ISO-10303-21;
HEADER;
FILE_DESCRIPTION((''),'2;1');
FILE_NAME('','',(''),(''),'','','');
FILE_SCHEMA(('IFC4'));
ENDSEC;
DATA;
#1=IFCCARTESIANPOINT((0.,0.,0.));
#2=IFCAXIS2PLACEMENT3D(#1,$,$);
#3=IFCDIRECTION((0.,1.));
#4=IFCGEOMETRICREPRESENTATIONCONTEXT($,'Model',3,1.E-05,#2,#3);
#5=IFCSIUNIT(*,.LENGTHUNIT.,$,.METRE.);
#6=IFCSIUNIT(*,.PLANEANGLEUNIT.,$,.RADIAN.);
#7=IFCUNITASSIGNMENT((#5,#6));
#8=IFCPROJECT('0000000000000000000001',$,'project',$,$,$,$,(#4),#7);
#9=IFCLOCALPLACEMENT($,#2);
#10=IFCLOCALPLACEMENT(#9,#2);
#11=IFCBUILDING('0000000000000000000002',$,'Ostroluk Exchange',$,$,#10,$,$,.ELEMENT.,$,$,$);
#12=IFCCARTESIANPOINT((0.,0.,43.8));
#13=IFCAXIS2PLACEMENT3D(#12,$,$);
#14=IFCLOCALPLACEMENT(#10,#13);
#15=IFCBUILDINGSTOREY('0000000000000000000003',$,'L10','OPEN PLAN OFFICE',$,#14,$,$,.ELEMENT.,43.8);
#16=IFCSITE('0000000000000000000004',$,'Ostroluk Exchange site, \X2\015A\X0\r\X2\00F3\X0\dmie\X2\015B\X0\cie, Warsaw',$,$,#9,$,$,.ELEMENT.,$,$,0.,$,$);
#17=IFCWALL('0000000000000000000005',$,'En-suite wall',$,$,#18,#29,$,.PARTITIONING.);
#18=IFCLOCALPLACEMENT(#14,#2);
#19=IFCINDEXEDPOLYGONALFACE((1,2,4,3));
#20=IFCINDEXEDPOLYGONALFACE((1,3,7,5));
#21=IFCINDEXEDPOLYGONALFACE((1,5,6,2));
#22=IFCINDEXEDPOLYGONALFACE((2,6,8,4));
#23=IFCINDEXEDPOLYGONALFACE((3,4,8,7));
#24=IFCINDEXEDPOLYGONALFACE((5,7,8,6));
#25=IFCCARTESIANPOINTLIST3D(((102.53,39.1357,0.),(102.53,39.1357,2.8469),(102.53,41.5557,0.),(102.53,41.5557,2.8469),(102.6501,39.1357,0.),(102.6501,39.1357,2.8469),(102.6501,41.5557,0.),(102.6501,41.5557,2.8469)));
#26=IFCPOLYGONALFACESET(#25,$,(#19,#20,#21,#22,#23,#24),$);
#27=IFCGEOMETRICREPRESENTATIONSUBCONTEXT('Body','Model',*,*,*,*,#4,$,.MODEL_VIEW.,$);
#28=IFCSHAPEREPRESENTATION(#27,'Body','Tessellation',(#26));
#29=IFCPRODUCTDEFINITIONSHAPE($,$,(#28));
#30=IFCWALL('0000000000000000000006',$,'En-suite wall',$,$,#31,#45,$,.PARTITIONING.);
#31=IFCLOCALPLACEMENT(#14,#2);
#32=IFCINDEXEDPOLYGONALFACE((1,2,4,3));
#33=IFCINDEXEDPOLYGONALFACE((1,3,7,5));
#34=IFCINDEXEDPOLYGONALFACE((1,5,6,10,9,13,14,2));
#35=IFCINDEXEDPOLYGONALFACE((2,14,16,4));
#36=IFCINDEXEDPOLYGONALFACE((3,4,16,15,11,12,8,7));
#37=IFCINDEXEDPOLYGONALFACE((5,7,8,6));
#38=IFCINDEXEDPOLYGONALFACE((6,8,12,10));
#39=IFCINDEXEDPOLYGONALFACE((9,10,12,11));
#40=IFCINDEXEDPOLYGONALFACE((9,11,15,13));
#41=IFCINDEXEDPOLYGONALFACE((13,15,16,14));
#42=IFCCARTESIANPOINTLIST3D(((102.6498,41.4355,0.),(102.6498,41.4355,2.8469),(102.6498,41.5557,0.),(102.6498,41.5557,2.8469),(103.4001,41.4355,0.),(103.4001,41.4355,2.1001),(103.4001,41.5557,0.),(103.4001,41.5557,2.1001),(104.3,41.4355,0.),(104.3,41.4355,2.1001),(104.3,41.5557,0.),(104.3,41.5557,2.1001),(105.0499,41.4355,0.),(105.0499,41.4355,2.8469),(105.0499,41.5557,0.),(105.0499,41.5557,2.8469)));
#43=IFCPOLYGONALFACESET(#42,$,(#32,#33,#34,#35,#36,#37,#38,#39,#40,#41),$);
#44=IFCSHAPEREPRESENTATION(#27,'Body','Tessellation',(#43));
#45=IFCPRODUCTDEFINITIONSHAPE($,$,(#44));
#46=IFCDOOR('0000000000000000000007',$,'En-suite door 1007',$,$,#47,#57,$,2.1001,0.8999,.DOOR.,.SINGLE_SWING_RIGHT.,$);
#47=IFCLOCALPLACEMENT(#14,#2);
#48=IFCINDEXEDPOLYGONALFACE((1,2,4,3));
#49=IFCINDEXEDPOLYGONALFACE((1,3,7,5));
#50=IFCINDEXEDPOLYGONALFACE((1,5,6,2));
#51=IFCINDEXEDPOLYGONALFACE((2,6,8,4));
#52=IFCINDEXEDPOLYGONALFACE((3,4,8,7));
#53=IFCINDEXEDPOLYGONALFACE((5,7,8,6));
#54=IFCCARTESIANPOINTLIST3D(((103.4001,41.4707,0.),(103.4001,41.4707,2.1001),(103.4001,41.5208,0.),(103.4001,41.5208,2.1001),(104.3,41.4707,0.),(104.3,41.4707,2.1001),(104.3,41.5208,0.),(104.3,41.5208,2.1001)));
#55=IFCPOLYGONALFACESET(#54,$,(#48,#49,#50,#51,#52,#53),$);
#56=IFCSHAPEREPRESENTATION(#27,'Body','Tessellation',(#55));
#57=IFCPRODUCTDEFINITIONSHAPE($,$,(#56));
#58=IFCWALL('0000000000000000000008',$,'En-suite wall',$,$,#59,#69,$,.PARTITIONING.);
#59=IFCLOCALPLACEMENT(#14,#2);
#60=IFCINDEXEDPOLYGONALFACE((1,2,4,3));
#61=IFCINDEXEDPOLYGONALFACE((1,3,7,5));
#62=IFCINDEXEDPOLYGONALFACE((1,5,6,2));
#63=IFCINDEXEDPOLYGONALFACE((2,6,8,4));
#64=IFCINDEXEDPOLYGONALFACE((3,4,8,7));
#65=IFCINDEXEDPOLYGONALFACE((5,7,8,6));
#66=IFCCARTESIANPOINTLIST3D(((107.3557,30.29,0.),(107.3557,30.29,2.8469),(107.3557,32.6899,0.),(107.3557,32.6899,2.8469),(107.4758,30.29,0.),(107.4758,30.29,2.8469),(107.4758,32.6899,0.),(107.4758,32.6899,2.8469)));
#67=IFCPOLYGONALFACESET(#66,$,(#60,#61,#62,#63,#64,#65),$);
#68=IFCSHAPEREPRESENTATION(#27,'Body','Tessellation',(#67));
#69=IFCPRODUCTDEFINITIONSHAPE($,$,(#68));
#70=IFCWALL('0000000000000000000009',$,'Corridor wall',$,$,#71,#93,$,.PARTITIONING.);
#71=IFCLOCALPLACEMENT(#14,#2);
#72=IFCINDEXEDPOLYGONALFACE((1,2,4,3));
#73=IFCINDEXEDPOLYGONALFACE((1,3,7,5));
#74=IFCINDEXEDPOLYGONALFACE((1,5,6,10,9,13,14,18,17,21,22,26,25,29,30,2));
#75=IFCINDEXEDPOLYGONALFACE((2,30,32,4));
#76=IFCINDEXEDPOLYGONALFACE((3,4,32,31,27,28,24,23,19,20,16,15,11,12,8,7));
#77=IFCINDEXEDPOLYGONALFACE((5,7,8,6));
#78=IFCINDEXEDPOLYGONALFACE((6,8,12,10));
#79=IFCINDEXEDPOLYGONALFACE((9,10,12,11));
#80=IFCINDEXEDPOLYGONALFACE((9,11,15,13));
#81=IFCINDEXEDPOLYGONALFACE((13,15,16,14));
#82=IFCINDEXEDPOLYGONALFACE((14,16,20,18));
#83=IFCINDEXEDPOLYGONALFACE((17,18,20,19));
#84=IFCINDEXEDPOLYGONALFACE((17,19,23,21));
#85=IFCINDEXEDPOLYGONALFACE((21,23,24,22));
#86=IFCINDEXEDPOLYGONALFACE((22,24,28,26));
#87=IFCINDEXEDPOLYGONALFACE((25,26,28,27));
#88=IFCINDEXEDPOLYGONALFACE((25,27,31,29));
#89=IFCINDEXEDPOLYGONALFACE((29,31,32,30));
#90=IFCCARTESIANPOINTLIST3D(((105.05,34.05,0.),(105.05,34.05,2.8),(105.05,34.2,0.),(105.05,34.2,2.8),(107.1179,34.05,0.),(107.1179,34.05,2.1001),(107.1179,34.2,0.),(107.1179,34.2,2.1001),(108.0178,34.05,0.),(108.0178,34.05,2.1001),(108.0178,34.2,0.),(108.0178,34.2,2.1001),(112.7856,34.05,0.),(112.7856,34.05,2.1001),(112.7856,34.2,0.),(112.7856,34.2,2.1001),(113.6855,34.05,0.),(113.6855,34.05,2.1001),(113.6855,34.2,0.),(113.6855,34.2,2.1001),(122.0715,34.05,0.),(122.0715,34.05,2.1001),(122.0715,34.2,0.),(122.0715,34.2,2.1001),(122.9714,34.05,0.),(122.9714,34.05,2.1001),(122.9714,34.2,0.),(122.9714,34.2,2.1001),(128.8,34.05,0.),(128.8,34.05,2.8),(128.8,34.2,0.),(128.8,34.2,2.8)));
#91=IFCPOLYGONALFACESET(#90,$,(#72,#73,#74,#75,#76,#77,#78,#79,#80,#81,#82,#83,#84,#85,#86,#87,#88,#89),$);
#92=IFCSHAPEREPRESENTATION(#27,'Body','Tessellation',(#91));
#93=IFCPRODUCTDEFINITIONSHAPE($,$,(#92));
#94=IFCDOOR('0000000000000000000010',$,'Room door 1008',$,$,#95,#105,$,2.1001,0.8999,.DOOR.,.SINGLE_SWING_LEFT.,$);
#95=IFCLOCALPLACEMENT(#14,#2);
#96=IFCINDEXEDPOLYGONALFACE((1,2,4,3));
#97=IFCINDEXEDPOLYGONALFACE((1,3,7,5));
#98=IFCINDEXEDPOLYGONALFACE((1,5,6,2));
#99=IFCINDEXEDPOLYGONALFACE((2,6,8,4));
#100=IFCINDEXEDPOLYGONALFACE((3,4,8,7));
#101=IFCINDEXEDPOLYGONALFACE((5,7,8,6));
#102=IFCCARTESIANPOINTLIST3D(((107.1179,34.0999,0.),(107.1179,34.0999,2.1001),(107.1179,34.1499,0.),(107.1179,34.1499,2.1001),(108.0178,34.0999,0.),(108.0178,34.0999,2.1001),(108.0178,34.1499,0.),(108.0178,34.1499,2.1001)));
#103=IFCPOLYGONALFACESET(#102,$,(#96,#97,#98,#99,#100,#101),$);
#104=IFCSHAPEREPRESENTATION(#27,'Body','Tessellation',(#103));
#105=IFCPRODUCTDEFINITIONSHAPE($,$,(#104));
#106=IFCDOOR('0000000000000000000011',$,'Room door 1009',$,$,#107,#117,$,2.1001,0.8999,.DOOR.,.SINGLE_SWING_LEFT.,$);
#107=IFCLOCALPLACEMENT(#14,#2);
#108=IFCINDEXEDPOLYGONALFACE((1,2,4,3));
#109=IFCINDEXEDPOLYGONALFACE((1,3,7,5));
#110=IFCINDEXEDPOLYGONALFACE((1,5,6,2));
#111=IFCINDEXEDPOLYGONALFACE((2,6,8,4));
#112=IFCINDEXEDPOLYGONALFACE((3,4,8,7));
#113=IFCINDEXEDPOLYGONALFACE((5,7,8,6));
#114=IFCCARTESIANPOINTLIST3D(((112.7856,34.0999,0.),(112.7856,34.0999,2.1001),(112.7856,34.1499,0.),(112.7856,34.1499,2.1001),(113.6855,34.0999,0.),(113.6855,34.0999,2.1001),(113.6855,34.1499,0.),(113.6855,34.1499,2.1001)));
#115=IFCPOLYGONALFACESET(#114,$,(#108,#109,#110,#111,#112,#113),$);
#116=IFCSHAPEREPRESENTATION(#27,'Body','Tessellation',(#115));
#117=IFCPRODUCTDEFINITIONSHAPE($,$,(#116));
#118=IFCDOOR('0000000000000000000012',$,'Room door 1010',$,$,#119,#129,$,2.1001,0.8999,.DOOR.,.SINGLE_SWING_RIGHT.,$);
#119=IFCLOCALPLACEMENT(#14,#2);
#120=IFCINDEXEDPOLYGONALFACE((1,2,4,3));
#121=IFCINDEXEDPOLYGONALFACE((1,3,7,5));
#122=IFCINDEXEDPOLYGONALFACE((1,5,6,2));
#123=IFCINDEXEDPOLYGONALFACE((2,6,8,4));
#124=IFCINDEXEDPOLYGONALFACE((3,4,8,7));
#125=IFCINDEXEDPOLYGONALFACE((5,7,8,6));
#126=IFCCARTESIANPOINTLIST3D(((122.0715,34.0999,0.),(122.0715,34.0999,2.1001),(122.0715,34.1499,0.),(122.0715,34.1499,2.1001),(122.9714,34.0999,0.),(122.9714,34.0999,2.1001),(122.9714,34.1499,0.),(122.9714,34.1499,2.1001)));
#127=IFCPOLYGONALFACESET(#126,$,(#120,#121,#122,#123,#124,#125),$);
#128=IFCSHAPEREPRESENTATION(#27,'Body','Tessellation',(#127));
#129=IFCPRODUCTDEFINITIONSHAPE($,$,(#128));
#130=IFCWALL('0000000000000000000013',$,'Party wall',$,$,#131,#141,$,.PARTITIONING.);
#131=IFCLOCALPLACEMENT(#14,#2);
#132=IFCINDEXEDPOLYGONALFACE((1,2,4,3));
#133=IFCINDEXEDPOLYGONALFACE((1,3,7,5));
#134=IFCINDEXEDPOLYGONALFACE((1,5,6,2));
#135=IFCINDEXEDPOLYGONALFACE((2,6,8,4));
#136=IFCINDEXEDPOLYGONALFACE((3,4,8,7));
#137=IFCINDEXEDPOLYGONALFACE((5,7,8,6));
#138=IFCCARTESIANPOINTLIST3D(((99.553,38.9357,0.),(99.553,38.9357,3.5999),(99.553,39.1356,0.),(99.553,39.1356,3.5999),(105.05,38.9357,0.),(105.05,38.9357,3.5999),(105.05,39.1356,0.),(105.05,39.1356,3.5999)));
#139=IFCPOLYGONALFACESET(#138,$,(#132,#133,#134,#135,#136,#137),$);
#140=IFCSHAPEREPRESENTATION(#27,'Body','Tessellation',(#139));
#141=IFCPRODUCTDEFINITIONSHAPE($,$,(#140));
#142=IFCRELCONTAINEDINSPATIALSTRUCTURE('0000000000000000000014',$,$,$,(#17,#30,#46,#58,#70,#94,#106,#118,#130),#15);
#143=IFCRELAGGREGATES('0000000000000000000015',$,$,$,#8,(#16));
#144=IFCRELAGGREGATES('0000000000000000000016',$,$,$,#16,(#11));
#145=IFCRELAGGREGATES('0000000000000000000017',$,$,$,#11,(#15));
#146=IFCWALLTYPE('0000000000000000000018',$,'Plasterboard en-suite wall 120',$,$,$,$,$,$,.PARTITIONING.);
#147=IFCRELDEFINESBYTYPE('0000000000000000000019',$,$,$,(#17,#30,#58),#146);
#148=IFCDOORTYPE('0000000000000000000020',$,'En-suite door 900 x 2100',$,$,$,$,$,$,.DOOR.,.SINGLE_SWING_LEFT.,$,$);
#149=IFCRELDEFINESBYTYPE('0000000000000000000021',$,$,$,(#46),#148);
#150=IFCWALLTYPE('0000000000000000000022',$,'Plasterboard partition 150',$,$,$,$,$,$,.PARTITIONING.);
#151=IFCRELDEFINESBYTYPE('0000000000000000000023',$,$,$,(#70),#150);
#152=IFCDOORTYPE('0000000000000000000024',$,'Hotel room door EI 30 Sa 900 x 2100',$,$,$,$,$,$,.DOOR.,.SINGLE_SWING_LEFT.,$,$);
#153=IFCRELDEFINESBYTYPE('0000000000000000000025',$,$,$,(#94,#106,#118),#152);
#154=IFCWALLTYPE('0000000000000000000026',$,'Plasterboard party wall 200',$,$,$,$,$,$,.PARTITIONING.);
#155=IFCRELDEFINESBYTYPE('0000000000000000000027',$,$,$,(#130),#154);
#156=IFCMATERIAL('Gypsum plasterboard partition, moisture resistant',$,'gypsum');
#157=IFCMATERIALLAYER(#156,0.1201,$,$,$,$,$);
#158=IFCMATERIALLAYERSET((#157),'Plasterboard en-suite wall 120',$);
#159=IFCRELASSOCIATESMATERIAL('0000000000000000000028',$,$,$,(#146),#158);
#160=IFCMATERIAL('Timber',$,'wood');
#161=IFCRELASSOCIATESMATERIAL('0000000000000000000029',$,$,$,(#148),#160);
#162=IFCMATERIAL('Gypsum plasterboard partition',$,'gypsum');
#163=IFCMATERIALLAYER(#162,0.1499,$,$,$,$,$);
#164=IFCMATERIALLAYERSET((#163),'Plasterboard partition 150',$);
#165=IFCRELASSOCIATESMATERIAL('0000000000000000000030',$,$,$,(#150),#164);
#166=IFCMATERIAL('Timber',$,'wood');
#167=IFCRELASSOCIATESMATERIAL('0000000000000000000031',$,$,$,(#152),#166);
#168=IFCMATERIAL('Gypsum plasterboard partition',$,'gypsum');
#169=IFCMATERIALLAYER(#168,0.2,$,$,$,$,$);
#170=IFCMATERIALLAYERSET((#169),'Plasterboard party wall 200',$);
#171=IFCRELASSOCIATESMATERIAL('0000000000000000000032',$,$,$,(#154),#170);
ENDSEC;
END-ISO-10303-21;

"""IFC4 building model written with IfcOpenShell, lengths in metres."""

from ifc_helpers import new_model, si_unit, direction, frame, frame_2d, origin, place, context, subcontext, project, spatial, rectangle, extrude, material, layer, layer_set, type_object, element, fill, save


model = new_model("IFC4")

# Units and contexts
model_context = context("Model", 3, precision=1e-05, world=origin(), true_north=direction((0.0, 1.0)))
body_context = subcontext(model_context, "Body", "Model", "MODEL_VIEW")
ifc_project = project(units=[si_unit("LENGTHUNIT", "METRE"), si_unit("PLANEANGLEUNIT", "RADIAN")], contexts=[model_context])

# Site, building, storey
site_placement = place(None, origin())
site = spatial("IfcSite", under=ifc_project, at=site_placement, Name="Ostroluk Exchange site, Śródmieście, Warsaw", CompositionType="ELEMENT", RefElevation=0.0)
building_placement = place(site_placement, origin())
building = spatial("IfcBuilding", under=site, at=building_placement, Name="Ostroluk Exchange", CompositionType="ELEMENT")
storey_placement = place(building_placement, frame((0.0, 0.0, 43.8)))
storey = spatial("IfcBuildingStorey", under=building, at=storey_placement, Name="L10", Description="OPEN PLAN OFFICE", CompositionType="ELEMENT", Elevation=43.8)

# Wall
ifc_material_1 = material(Name="Gypsum plasterboard partition, moisture resistant", Category="gypsum")
ifc_layer_1 = layer(ifc_material_1, 0.1201)
ifc_layer_set_1 = layer_set([ifc_layer_1], Name="Plasterboard en-suite wall 120")
wall_type_1 = type_object("IfcWallType", Name="Plasterboard en-suite wall 120", PredefinedType="PARTITIONING", material=ifc_layer_set_1)
wall_1_placement = place(storey_placement, frame((102.5901, 41.5557, 0.0), z_axis=(0.0, 0.0, 1.0), x_axis=(0.0, -1.0, 0.0)))
element("IfcWall", 1, at=wall_1_placement, inside=storey, type_object=wall_type_1, Name="En-suite wall", PredefinedType="PARTITIONING", context=body_context, shape_type="SweptSolid", body=[
    extrude(rectangle(XDim=2.4199, YDim=0.1201, at=frame_2d((1.21, 0.0))), origin(), (0.0, 0.0, 1.0), 2.8469),
])

# Wall, opening, door
wall_2_placement = place(storey_placement, frame((105.05, 41.4956, 0.0), z_axis=(0.0, 0.0, 1.0), x_axis=(-1.0, 0.0, 0.0)))
wall_2 = element("IfcWall", 2, at=wall_2_placement, inside=storey, type_object=wall_type_1, Name="En-suite wall", PredefinedType="PARTITIONING", context=body_context, shape_type="SweptSolid", body=[
    extrude(rectangle(XDim=2.4001, YDim=0.1201, at=frame_2d((1.2002, 0.0))), origin(), (0.0, 0.0, 1.0), 2.8469),
])
opening_1_placement = place(wall_2_placement, frame((0.75, 0.0, 0.0)))
opening_1 = element("IfcOpeningElement", 3, at=opening_1_placement, cuts=wall_2, PredefinedType="OPENING", context=body_context, shape_type="SweptSolid", body=[
    extrude(rectangle(XDim=0.8999, YDim=2.1001, at=frame_2d((0.45, 1.05))), frame((0.0, 0.0701, 0.0), z_axis=(0.0, -1.0, 0.0), x_axis=(1.0, 0.0, 0.0)), (0.0, 0.0, 1.0), 0.1401),
])
ifc_material_2 = material(Name="Timber", Category="wood")
door_type_1 = type_object("IfcDoorType", Name="En-suite door 900 x 2100", OperationType="SINGLE_SWING_LEFT", PredefinedType="DOOR", material=ifc_material_2)
door_1_placement = place(opening_1_placement, origin())
door_1 = element("IfcDoor", 4, at=door_1_placement, inside=storey, type_object=door_type_1, Name="En-suite door 1007", OperationType="SINGLE_SWING_RIGHT", OverallHeight=2.1001, OverallWidth=0.8999, PredefinedType="DOOR", context=body_context, shape_type="SweptSolid", body=[
    extrude(rectangle(XDim=0.8999, YDim=2.1001, at=frame_2d((0.45, 1.05))), frame((0.0, 0.0249, 0.0), z_axis=(0.0, -1.0, 0.0), x_axis=(1.0, 0.0, 0.0)), (0.0, 0.0, 1.0), 0.05),
])
fill(opening_1, door_1)

# Wall
wall_3_placement = place(storey_placement, frame((107.4158, 32.6899, 0.0), z_axis=(0.0, 0.0, 1.0), x_axis=(0.0, -1.0, 0.0)))
element("IfcWall", 5, at=wall_3_placement, inside=storey, type_object=wall_type_1, Name="En-suite wall", PredefinedType="PARTITIONING", context=body_context, shape_type="SweptSolid", body=[
    extrude(rectangle(XDim=2.3999, YDim=0.1201, at=frame_2d((1.2, 0.0))), origin(), (0.0, 0.0, 1.0), 2.8469),
])

# Wall, openings, doors
ifc_material_3 = material(Name="Gypsum plasterboard partition", Category="gypsum")
ifc_layer_2 = layer(ifc_material_3, 0.1499)
ifc_layer_set_2 = layer_set([ifc_layer_2], Name="Plasterboard partition 150")
wall_type_2 = type_object("IfcWallType", Name="Plasterboard partition 150", PredefinedType="PARTITIONING", material=ifc_layer_set_2)
wall_4_placement = place(storey_placement, frame((105.05, 34.125, 0.0), z_axis=(0.0, 0.0, 1.0), x_axis=(1.0, 0.0, 0.0)))
wall_4 = element("IfcWall", 6, at=wall_4_placement, inside=storey, type_object=wall_type_2, Name="Corridor wall", PredefinedType="PARTITIONING", context=body_context, shape_type="SweptSolid", body=[
    extrude(rectangle(XDim=23.75, YDim=0.1499, at=frame_2d((11.875, 0.0))), origin(), (0.0, 0.0, 1.0), 2.8),
])
opening_2_placement = place(wall_4_placement, frame((2.0679, 0.0, 0.0)))
opening_2 = element("IfcOpeningElement", 7, at=opening_2_placement, cuts=wall_4, PredefinedType="OPENING", context=body_context, shape_type="SweptSolid", body=[
    extrude(rectangle(XDim=0.8999, YDim=2.1001, at=frame_2d((0.45, 1.05))), frame((0.0, 0.085, 0.0), z_axis=(0.0, -1.0, 0.0), x_axis=(1.0, 0.0, 0.0)), (0.0, 0.0, 1.0), 0.1699),
])
opening_3_placement = place(wall_4_placement, frame((7.7356, 0.0, 0.0)))
opening_3 = element("IfcOpeningElement", 8, at=opening_3_placement, cuts=wall_4, PredefinedType="OPENING", context=body_context, shape_type="SweptSolid", body=[
    extrude(rectangle(XDim=0.8999, YDim=2.1001, at=frame_2d((0.45, 1.05))), frame((0.0, 0.085, 0.0), z_axis=(0.0, -1.0, 0.0), x_axis=(1.0, 0.0, 0.0)), (0.0, 0.0, 1.0), 0.1699),
])
opening_4_placement = place(wall_4_placement, frame((17.0215, 0.0, 0.0)))
opening_4 = element("IfcOpeningElement", 9, at=opening_4_placement, cuts=wall_4, PredefinedType="OPENING", context=body_context, shape_type="SweptSolid", body=[
    extrude(rectangle(XDim=0.8999, YDim=2.1001, at=frame_2d((0.45, 1.05))), frame((0.0, 0.085, 0.0), z_axis=(0.0, -1.0, 0.0), x_axis=(1.0, 0.0, 0.0)), (0.0, 0.0, 1.0), 0.1699),
])
ifc_material_4 = material(Name="Timber", Category="wood")
door_type_2 = type_object("IfcDoorType", Name="Hotel room door EI 30 Sa 900 x 2100", OperationType="SINGLE_SWING_LEFT", PredefinedType="DOOR", material=ifc_material_4)
door_2_placement = place(opening_2_placement, origin())
door_2 = element("IfcDoor", 10, at=door_2_placement, inside=storey, type_object=door_type_2, Name="Room door 1008", OperationType="SINGLE_SWING_LEFT", OverallHeight=2.1001, OverallWidth=0.8999, PredefinedType="DOOR", context=body_context, shape_type="SweptSolid", body=[
    extrude(rectangle(XDim=0.8999, YDim=2.1001, at=frame_2d((0.45, 1.05))), frame((0.0, 0.0249, 0.0), z_axis=(0.0, -1.0, 0.0), x_axis=(1.0, 0.0, 0.0)), (0.0, 0.0, 1.0), 0.05),
])
fill(opening_2, door_2)
door_3_placement = place(opening_3_placement, origin())
door_3 = element("IfcDoor", 11, at=door_3_placement, inside=storey, type_object=door_type_2, Name="Room door 1009", OperationType="SINGLE_SWING_LEFT", OverallHeight=2.1001, OverallWidth=0.8999, PredefinedType="DOOR", context=body_context, shape_type="SweptSolid", body=[
    extrude(rectangle(XDim=0.8999, YDim=2.1001, at=frame_2d((0.45, 1.05))), frame((0.0, 0.0249, 0.0), z_axis=(0.0, -1.0, 0.0), x_axis=(1.0, 0.0, 0.0)), (0.0, 0.0, 1.0), 0.05),
])
fill(opening_3, door_3)
door_4_placement = place(opening_4_placement, origin())
door_4 = element("IfcDoor", 12, at=door_4_placement, inside=storey, type_object=door_type_2, Name="Room door 1010", OperationType="SINGLE_SWING_RIGHT", OverallHeight=2.1001, OverallWidth=0.8999, PredefinedType="DOOR", context=body_context, shape_type="SweptSolid", body=[
    extrude(rectangle(XDim=0.8999, YDim=2.1001, at=frame_2d((0.45, 1.05))), frame((0.0, 0.0249, 0.0), z_axis=(0.0, -1.0, 0.0), x_axis=(1.0, 0.0, 0.0)), (0.0, 0.0, 1.0), 0.05),
])
fill(opening_4, door_4)

# Wall
ifc_material_5 = material(Name="Gypsum plasterboard partition", Category="gypsum")
ifc_layer_3 = layer(ifc_material_5, 0.2)
ifc_layer_set_3 = layer_set([ifc_layer_3], Name="Plasterboard party wall 200")
wall_type_3 = type_object("IfcWallType", Name="Plasterboard party wall 200", PredefinedType="PARTITIONING", material=ifc_layer_set_3)
wall_5_placement = place(storey_placement, frame((105.05, 39.0356, 0.0), z_axis=(0.0, 0.0, 1.0), x_axis=(-1.0, 0.0, 0.0)))
element("IfcWall", 13, at=wall_5_placement, inside=storey, type_object=wall_type_3, Name="Party wall", PredefinedType="PARTITIONING", context=body_context, shape_type="SweptSolid", body=[
    extrude(rectangle(XDim=5.4971, YDim=0.2, at=frame_2d((2.7485, 0.0))), origin(), (0.0, 0.0, 1.0), 3.5999),
])

save(model, "model.ifc")
